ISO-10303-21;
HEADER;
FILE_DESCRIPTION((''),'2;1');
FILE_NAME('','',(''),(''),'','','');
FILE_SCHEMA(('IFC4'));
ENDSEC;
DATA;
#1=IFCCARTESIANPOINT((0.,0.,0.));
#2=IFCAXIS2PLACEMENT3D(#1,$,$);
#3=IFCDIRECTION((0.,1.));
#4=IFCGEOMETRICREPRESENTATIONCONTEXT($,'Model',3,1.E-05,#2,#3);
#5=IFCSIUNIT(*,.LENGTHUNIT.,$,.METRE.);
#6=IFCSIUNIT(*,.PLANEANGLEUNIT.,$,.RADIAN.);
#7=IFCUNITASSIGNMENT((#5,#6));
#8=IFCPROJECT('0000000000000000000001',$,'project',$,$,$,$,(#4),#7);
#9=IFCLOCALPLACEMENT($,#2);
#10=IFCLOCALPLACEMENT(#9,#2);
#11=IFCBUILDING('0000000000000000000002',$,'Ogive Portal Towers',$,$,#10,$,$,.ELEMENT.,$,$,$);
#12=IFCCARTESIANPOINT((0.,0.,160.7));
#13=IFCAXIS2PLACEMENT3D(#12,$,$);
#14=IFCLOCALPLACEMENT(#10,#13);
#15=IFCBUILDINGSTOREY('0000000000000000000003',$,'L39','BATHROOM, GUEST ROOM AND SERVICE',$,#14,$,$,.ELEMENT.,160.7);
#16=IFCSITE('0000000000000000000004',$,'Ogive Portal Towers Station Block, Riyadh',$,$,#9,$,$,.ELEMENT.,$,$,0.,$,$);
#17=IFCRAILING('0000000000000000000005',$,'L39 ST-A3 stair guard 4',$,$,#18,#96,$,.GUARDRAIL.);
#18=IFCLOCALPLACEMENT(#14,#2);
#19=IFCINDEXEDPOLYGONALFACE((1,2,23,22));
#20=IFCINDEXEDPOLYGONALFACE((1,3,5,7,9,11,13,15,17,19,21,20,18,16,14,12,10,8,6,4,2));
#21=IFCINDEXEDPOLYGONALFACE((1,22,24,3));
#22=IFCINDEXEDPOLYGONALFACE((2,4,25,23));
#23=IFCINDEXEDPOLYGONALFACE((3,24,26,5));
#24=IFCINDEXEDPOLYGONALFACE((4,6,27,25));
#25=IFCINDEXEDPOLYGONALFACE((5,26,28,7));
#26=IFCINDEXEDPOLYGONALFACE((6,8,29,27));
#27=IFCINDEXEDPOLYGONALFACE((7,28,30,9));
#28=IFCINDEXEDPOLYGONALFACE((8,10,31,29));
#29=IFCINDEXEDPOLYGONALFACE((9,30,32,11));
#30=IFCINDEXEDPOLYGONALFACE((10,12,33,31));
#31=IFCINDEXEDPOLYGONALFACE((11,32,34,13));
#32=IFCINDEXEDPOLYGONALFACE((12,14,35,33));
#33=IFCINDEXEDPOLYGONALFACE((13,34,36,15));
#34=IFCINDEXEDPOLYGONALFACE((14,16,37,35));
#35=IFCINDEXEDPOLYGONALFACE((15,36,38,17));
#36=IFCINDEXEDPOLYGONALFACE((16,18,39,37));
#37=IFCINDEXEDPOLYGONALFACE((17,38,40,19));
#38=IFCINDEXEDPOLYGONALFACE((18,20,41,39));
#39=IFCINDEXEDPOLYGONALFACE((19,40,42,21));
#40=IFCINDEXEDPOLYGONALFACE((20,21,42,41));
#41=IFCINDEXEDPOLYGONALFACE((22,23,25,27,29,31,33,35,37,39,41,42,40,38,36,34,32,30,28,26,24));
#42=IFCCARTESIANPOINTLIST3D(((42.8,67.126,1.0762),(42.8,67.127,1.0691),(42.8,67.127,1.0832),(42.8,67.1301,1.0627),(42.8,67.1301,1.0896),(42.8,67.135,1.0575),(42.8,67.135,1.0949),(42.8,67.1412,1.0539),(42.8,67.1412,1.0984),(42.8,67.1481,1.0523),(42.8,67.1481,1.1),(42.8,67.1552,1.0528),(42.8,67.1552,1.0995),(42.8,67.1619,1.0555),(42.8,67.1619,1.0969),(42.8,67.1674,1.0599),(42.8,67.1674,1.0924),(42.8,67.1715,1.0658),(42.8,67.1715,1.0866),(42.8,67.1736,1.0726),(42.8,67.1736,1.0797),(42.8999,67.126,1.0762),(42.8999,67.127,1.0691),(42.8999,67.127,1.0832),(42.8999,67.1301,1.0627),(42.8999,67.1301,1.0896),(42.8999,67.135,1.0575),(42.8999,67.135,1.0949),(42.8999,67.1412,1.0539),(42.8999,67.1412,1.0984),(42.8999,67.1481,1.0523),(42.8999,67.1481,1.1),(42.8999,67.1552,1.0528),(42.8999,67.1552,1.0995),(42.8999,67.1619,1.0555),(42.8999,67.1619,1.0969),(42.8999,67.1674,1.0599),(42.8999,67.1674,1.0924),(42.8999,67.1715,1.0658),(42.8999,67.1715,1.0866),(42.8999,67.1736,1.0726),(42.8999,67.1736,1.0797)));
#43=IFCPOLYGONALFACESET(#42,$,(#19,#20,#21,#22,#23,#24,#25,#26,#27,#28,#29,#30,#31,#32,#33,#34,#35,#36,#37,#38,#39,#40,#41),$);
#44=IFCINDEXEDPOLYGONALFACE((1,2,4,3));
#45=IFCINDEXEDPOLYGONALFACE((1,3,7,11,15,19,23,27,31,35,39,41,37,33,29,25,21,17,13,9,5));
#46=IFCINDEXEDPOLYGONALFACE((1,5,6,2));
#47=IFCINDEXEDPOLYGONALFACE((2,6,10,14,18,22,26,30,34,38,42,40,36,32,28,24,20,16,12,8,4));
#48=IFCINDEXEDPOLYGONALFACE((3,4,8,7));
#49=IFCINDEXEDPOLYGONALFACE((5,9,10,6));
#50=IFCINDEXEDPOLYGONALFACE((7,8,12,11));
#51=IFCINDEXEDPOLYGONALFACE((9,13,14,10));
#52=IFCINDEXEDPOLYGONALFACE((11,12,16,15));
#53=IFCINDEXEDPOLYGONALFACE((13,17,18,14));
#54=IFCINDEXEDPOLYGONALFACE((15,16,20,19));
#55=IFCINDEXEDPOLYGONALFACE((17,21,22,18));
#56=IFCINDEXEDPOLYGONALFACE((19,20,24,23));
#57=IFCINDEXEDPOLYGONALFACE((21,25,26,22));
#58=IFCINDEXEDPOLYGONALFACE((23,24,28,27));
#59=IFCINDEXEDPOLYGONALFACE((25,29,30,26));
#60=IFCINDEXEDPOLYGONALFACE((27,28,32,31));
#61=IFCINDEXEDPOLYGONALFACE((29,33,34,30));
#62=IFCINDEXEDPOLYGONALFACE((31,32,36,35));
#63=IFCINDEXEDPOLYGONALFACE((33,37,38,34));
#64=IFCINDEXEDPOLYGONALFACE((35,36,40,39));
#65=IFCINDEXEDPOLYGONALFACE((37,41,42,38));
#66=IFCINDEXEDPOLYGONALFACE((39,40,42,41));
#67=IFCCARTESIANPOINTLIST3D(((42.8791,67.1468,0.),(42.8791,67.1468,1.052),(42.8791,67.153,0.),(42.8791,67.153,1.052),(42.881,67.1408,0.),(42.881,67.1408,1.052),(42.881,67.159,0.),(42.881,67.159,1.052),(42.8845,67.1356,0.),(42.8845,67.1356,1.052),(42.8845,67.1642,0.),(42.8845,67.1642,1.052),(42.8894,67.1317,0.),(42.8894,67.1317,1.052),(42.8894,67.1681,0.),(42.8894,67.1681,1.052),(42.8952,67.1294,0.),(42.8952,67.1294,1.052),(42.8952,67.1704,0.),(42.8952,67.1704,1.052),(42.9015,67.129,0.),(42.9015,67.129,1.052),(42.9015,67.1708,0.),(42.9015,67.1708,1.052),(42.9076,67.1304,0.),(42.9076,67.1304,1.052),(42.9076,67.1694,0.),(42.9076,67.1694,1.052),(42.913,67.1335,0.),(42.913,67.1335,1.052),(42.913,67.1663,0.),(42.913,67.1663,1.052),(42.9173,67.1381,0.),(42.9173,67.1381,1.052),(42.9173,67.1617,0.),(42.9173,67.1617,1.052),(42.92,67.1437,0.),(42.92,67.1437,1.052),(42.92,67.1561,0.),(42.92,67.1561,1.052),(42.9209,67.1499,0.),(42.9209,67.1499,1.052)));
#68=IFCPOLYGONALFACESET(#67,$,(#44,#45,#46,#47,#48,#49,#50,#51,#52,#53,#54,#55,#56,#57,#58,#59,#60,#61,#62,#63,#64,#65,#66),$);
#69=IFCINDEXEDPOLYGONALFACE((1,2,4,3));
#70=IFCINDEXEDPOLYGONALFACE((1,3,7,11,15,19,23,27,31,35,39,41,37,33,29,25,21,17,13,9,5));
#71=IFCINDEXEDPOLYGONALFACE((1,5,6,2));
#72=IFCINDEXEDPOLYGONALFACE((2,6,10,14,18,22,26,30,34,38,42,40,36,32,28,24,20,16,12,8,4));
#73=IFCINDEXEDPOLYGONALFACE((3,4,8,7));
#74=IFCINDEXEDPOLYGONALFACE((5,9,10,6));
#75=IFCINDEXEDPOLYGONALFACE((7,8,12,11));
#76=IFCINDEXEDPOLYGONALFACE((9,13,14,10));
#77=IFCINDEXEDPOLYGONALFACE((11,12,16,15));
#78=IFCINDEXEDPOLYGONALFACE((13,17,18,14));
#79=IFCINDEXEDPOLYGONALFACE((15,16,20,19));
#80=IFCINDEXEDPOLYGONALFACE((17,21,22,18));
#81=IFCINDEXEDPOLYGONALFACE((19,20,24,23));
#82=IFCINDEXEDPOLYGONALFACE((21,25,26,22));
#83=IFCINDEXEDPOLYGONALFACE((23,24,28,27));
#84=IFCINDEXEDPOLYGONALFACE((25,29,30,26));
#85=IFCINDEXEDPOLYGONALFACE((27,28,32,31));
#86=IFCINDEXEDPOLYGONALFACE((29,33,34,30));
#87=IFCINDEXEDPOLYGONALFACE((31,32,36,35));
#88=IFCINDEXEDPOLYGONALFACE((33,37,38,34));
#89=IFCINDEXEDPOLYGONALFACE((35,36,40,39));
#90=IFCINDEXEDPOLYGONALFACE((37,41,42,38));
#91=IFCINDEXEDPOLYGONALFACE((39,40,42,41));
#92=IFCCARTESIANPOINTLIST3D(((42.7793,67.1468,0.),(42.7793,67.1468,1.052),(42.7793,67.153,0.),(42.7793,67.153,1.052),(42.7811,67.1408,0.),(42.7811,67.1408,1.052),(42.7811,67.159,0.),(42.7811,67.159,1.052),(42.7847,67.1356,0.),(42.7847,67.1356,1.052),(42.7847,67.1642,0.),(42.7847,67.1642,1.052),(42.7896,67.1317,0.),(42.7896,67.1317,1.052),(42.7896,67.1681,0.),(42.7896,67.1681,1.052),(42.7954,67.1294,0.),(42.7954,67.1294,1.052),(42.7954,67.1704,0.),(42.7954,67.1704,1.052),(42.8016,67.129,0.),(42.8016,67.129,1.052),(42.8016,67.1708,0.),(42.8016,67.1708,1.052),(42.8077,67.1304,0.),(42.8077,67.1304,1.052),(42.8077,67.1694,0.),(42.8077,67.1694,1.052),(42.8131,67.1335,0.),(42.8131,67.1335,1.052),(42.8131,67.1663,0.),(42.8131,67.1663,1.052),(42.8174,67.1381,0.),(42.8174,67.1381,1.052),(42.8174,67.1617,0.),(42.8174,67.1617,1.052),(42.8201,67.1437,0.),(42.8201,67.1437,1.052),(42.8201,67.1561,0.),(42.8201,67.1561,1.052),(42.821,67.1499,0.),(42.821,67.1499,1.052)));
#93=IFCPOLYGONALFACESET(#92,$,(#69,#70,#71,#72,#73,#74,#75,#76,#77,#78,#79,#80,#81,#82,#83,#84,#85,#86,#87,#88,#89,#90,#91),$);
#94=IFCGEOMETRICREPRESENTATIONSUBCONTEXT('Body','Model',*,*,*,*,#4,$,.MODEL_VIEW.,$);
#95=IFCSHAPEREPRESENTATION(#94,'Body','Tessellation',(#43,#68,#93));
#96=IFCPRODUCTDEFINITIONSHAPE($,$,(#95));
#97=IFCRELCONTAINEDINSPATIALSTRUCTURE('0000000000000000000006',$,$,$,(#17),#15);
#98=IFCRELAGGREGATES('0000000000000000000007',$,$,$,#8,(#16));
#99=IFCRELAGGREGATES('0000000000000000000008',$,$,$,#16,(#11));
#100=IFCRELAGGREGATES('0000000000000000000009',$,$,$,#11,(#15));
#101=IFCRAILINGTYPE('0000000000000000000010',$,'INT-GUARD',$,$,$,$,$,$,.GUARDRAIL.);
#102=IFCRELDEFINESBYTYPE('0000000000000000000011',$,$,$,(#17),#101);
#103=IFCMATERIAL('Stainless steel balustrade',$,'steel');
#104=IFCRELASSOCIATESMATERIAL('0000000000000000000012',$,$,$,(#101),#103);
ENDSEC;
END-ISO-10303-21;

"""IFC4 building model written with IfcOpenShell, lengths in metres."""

from ifc_helpers import new_model, si_unit, direction, frame, origin, origin_2d, place, context, subcontext, project, spatial, circle, extrude, material, type_object, element, save


model = new_model("IFC4")

# Units and contexts
model_context = context("Model", 3, precision=1e-05, world=origin(), true_north=direction((0.0, 1.0)))
body_context = subcontext(model_context, "Body", "Model", "MODEL_VIEW")
ifc_project = project(units=[si_unit("LENGTHUNIT", "METRE"), si_unit("PLANEANGLEUNIT", "RADIAN")], contexts=[model_context])

# Site, building, storey
site_placement = place(None, origin())
site = spatial("IfcSite", under=ifc_project, at=site_placement, Name="Ogive Portal Towers Station Block, Riyadh", CompositionType="ELEMENT", RefElevation=0.0)
building_placement = place(site_placement, origin())
building = spatial("IfcBuilding", under=site, at=building_placement, Name="Ogive Portal Towers", CompositionType="ELEMENT")
storey_placement = place(building_placement, frame((0.0, 0.0, 160.7)))
storey = spatial("IfcBuildingStorey", under=building, at=storey_placement, Name="L39", Description="BATHROOM, GUEST ROOM AND SERVICE", CompositionType="ELEMENT", Elevation=160.7)

# Railing
ifc_material_1 = material(Name="Stainless steel balustrade", Category="steel")
railing_type_1 = type_object("IfcRailingType", Name="INT-GUARD", PredefinedType="GUARDRAIL", material=ifc_material_1)
railing_1_placement = place(storey_placement, frame((42.8999, 67.1499, 0.0)))
element("IfcRailing", 1, at=railing_1_placement, inside=storey, type_object=railing_type_1, Name="L39 ST-A3 stair guard 4", PredefinedType="GUARDRAIL", context=body_context, shape_type="SweptSolid", body=[
    extrude(circle(Radius=0.0239, at=origin_2d()), frame((0.0, 0.0, 1.0762), z_axis=(-1.0, 0.0, 0.0), x_axis=(0.0, -1.0, 0.0)), (0.0, 0.0, 1.0), 0.0999),
    extrude(circle(Radius=0.021, at=origin_2d()), origin(), (0.0, 0.0, 1.0), 1.052),
    extrude(circle(Radius=0.021, at=origin_2d()), frame((-0.0999, 0.0, 0.0)), (0.0, 0.0, 1.0), 1.052),
])

save(model, "model.ifc")
